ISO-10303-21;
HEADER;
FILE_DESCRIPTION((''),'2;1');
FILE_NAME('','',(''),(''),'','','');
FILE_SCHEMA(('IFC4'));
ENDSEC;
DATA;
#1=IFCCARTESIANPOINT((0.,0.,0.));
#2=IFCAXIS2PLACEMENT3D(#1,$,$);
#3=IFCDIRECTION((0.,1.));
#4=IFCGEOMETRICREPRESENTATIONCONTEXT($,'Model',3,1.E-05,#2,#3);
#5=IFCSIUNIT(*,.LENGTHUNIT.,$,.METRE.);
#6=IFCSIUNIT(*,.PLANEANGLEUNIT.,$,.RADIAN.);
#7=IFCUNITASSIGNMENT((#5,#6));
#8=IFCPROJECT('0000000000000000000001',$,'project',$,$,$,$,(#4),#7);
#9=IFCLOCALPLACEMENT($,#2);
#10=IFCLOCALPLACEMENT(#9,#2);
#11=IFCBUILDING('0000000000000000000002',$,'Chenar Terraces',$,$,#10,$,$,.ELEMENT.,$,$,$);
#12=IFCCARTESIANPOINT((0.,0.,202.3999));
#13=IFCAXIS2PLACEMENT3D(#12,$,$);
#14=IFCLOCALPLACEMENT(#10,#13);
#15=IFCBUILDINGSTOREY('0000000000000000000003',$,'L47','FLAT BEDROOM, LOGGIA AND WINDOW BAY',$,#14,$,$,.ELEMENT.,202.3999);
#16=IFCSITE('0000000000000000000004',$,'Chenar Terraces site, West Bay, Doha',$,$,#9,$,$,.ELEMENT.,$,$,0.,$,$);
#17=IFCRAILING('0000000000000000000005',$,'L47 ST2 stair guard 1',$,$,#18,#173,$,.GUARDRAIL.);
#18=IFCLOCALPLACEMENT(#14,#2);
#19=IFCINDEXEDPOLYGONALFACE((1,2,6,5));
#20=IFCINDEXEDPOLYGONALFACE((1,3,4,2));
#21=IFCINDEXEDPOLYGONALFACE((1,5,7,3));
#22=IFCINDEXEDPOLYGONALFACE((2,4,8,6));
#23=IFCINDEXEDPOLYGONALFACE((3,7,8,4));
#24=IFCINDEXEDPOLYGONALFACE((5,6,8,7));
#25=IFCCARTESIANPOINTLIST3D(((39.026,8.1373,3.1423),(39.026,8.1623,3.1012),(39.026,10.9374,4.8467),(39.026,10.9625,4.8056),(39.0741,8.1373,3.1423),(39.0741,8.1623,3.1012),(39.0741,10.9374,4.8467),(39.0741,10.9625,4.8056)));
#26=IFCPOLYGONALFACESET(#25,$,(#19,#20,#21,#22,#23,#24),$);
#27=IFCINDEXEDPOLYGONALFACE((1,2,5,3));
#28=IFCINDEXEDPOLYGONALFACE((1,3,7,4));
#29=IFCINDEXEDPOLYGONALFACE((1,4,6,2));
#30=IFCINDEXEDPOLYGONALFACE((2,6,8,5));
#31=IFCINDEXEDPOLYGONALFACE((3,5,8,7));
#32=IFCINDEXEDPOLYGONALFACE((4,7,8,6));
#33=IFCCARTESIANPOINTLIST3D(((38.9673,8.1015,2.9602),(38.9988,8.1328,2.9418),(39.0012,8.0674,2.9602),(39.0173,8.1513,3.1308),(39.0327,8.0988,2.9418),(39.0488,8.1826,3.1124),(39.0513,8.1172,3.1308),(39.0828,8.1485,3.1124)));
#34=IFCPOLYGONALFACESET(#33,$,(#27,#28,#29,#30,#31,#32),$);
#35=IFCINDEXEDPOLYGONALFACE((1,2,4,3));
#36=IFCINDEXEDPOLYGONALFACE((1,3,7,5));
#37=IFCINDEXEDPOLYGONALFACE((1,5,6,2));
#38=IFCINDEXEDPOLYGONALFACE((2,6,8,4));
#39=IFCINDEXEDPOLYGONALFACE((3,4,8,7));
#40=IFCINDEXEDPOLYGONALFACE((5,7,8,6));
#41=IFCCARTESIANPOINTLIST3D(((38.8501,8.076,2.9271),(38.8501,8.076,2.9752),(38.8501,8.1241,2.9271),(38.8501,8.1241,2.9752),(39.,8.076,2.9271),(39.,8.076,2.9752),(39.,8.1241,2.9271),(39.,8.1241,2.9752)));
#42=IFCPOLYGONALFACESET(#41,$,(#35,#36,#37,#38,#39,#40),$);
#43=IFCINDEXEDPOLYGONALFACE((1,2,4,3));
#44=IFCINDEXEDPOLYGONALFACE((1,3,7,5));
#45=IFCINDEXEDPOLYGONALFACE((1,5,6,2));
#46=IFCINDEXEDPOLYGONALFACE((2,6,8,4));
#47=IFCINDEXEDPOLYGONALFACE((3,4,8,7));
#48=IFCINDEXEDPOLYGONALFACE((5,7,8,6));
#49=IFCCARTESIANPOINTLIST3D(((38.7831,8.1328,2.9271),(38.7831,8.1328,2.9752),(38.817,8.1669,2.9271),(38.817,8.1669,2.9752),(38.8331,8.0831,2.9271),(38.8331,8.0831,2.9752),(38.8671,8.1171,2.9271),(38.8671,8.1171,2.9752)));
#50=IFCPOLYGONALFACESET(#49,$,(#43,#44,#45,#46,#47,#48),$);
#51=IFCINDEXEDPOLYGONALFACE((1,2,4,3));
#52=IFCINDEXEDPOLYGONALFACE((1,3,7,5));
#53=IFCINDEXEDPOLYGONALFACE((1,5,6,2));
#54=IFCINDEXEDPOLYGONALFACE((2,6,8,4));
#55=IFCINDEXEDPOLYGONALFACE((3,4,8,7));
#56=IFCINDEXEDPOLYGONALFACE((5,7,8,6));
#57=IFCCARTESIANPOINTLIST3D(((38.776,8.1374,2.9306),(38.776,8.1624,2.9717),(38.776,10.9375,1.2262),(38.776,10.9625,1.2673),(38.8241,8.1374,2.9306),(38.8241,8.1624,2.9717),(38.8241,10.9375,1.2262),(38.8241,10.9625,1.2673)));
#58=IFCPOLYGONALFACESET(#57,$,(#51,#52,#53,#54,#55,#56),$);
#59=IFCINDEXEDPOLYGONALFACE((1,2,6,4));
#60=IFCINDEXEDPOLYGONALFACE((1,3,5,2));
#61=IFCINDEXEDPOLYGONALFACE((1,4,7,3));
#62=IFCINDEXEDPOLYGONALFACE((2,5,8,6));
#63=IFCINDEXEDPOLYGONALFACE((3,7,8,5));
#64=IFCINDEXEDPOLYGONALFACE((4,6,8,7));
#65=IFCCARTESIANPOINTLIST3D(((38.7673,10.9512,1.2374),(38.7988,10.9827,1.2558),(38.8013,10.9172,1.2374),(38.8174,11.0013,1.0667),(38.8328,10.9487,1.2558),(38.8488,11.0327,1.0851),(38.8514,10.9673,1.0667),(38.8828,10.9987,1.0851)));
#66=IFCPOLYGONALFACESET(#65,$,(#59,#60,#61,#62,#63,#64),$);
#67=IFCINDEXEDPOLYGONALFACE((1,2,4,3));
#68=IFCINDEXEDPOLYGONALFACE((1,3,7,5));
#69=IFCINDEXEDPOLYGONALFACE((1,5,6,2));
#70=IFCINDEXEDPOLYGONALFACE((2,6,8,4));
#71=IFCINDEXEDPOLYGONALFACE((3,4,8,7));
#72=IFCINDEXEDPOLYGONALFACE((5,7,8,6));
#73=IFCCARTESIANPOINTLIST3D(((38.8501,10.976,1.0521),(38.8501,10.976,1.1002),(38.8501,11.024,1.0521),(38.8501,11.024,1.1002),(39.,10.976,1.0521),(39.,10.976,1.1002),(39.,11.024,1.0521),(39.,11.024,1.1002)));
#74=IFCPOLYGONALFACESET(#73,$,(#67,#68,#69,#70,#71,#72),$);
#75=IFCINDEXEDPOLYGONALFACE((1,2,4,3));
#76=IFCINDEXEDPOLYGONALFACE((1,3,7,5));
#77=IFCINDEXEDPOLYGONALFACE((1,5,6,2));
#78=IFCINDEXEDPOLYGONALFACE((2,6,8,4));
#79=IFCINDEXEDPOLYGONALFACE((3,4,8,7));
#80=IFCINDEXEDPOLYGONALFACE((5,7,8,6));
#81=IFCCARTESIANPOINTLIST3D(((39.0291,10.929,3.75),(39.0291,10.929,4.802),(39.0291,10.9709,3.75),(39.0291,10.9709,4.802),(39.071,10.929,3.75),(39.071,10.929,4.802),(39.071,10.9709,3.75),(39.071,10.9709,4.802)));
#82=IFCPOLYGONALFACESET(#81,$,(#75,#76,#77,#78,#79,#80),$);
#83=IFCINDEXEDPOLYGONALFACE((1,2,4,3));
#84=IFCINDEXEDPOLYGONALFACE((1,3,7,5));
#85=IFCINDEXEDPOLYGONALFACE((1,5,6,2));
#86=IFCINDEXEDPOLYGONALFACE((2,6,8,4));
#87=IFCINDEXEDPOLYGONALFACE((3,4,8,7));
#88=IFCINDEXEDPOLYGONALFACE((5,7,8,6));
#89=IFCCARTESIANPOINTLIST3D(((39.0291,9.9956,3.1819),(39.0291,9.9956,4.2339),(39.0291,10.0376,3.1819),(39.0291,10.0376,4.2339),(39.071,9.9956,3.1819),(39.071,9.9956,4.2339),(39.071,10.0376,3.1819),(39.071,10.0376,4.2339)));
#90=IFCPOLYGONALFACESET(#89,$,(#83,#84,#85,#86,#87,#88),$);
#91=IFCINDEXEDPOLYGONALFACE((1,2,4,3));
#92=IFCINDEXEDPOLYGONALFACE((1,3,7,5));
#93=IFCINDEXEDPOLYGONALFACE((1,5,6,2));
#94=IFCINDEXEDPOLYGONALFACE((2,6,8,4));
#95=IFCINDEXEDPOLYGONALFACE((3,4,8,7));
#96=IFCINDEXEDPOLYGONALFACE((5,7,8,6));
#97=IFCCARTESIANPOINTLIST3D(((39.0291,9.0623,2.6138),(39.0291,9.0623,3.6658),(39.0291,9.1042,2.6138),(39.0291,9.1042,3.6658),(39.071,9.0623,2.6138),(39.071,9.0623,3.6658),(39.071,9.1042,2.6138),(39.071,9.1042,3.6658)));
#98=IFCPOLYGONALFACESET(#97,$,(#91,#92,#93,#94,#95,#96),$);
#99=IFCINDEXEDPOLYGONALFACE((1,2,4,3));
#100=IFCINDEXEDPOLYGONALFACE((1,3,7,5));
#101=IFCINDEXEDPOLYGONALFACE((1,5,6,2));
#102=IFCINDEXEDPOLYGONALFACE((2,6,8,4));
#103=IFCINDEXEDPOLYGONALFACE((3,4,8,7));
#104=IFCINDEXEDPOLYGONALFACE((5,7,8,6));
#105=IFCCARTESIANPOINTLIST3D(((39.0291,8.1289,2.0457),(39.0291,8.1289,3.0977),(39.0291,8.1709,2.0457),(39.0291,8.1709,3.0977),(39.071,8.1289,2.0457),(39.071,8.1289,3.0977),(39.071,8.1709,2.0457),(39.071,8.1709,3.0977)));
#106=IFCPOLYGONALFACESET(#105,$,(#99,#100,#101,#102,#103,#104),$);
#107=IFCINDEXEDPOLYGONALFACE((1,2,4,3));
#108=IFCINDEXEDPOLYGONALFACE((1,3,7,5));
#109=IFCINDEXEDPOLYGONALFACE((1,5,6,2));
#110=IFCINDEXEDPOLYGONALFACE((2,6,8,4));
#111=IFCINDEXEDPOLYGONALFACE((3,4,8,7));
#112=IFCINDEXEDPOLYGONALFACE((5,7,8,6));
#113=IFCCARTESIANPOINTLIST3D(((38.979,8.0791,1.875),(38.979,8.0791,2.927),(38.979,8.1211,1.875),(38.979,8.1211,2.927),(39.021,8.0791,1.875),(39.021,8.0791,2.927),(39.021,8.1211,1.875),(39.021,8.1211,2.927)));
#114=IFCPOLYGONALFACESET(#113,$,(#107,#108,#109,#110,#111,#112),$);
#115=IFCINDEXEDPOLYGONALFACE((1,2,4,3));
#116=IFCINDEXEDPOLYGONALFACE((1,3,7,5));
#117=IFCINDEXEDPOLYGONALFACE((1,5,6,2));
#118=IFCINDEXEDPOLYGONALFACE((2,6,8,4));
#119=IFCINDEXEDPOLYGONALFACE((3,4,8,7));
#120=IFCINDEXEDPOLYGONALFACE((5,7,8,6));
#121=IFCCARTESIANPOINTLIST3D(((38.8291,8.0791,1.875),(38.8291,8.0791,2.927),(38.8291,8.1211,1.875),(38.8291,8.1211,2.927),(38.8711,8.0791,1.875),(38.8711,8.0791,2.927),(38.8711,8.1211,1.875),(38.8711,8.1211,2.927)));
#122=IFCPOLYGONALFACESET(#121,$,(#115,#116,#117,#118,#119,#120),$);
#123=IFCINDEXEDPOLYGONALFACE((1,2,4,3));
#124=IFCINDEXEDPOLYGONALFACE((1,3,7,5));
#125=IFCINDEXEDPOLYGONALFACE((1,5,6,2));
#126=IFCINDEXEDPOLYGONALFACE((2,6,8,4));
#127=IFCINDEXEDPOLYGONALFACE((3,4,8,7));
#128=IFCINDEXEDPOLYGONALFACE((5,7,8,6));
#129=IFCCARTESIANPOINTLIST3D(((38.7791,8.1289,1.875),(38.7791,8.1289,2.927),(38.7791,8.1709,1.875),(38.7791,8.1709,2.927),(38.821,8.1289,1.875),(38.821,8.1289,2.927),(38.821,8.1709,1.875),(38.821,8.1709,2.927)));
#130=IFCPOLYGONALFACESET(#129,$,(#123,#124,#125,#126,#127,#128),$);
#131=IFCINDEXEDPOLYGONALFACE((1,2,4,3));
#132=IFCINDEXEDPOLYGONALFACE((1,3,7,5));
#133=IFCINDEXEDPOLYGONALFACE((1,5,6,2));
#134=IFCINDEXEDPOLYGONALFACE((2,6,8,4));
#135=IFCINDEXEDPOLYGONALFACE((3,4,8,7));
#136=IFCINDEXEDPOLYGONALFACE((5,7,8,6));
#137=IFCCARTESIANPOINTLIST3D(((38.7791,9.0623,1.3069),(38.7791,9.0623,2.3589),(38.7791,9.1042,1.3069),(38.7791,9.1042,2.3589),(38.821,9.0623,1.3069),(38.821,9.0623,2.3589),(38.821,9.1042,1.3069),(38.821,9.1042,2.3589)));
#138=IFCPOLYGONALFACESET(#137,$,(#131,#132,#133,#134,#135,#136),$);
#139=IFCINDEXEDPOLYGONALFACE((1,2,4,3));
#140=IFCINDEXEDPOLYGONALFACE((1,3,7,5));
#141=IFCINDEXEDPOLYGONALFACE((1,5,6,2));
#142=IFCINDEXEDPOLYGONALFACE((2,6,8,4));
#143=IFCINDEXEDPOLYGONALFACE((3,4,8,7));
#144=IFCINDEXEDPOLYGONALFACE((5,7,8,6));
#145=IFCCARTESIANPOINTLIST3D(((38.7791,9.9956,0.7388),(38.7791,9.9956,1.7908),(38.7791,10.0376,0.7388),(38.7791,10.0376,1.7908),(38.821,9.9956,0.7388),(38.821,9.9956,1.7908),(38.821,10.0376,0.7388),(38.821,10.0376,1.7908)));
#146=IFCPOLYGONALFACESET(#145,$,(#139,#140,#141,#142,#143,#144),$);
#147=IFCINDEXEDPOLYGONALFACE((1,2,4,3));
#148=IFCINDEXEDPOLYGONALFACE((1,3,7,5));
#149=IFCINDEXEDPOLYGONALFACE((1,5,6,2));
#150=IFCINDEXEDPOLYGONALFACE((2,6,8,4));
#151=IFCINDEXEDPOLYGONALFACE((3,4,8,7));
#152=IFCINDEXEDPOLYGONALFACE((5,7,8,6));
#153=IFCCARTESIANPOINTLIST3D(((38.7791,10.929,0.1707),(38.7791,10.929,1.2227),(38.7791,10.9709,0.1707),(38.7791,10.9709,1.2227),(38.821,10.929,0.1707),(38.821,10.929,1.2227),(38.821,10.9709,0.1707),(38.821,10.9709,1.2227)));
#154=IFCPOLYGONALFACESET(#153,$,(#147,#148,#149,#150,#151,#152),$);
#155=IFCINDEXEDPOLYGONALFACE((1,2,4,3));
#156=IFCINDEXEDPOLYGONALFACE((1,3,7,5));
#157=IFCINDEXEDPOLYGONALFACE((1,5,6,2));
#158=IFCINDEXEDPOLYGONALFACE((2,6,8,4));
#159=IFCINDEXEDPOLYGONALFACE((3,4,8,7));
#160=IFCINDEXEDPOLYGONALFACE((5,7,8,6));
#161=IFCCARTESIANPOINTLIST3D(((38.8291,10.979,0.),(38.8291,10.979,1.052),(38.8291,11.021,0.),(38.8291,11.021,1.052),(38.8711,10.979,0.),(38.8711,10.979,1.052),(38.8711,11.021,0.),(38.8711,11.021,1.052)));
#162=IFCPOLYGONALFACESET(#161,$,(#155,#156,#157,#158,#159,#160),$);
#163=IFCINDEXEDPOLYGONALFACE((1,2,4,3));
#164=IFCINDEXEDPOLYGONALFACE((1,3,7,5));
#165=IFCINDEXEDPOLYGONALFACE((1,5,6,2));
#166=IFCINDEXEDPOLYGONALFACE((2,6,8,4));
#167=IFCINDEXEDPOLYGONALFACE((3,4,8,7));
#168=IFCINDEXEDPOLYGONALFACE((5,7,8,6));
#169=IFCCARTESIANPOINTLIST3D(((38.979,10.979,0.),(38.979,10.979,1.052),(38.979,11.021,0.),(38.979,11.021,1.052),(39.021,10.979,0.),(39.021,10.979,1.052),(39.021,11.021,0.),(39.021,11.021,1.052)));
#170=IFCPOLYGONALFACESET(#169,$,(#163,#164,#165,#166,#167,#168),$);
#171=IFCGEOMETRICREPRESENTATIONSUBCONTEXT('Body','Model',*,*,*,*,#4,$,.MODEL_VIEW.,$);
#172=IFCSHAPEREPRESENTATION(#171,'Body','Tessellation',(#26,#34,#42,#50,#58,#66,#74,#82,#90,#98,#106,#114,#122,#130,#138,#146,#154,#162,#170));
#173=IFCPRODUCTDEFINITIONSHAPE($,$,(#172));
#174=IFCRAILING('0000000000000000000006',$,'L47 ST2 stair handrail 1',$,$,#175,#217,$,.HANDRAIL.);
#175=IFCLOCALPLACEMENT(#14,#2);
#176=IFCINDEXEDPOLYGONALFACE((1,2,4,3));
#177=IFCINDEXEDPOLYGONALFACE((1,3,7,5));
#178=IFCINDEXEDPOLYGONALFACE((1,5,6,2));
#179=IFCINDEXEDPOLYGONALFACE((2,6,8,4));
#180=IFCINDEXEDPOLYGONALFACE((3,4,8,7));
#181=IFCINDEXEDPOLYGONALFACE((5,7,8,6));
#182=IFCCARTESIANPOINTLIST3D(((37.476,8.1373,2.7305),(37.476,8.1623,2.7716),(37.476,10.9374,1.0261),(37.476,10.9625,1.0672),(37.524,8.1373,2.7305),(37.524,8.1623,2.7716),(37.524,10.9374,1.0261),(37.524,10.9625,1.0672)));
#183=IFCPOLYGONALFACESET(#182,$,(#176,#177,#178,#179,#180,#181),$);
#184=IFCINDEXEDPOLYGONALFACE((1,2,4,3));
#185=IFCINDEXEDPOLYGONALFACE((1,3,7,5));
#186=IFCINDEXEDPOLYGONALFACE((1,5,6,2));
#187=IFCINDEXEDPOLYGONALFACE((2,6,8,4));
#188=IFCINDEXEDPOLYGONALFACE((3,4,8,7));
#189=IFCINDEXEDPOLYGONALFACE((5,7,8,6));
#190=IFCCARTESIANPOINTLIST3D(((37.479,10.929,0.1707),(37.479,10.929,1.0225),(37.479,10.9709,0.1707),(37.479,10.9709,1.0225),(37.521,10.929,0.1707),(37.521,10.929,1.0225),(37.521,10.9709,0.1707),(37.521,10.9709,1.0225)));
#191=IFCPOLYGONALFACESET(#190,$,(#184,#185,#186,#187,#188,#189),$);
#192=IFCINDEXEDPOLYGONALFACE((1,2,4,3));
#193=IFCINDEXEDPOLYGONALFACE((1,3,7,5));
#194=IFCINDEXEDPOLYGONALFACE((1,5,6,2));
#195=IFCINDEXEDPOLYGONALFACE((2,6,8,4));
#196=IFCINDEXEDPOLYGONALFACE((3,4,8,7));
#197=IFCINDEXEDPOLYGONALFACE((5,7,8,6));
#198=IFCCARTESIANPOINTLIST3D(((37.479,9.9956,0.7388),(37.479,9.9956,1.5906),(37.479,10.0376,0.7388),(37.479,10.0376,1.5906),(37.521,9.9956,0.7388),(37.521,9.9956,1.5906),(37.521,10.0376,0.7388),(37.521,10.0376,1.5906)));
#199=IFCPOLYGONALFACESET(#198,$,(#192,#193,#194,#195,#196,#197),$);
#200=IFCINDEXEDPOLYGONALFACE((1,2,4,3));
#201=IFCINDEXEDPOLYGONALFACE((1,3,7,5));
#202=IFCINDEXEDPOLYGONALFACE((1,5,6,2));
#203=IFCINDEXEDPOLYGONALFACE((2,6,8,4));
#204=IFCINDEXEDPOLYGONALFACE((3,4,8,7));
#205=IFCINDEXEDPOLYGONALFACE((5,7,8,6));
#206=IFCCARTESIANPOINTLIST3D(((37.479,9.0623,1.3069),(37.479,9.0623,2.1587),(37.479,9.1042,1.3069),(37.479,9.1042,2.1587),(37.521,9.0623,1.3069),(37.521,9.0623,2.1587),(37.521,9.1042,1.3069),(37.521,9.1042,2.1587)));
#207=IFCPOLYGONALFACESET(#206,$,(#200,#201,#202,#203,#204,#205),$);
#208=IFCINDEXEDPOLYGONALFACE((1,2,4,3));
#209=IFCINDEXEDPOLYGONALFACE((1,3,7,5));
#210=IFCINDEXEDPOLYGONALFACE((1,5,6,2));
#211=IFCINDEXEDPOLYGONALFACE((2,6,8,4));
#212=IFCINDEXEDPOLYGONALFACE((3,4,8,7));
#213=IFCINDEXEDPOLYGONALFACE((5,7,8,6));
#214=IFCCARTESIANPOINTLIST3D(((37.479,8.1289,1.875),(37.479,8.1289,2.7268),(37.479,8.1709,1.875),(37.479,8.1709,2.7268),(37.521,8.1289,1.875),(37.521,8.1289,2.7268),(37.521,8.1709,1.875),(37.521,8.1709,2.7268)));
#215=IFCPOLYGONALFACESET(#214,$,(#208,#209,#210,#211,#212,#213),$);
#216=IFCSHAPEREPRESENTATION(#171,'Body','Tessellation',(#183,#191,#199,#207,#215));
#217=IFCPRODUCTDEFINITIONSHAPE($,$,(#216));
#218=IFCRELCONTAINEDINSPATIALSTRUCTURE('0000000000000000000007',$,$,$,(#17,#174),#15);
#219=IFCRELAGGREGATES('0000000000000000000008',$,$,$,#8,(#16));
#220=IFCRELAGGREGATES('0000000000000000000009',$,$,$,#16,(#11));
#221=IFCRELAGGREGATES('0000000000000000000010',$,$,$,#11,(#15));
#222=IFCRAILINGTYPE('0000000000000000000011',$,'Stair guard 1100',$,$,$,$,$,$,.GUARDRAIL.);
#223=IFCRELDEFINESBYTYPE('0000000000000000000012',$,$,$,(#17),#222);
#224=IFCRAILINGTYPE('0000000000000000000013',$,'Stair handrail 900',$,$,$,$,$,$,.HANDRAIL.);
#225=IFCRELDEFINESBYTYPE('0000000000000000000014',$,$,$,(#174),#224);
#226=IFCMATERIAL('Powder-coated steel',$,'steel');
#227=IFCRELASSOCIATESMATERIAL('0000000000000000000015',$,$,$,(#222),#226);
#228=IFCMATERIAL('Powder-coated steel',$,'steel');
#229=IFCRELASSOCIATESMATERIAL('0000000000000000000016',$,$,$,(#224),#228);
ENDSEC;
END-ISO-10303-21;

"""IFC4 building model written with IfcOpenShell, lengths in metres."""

from ifc_helpers import new_model, si_unit, direction, frame, origin, origin_2d, place, context, subcontext, project, spatial, rectangle, extrude, material, type_object, element, save


model = new_model("IFC4")

# Units and contexts
model_context = context("Model", 3, precision=1e-05, world=origin(), true_north=direction((0.0, 1.0)))
body_context = subcontext(model_context, "Body", "Model", "MODEL_VIEW")
ifc_project = project(units=[si_unit("LENGTHUNIT", "METRE"), si_unit("PLANEANGLEUNIT", "RADIAN")], contexts=[model_context])

# Site, building, storey
site_placement = place(None, origin())
site = spatial("IfcSite", under=ifc_project, at=site_placement, Name="Chenar Terraces site, West Bay, Doha", CompositionType="ELEMENT", RefElevation=0.0)
building_placement = place(site_placement, origin())
building = spatial("IfcBuilding", under=site, at=building_placement, Name="Chenar Terraces", CompositionType="ELEMENT")
storey_placement = place(building_placement, frame((0.0, 0.0, 202.3999)))
storey = spatial("IfcBuildingStorey", under=building, at=storey_placement, Name="L47", Description="FLAT BEDROOM, LOGGIA AND WINDOW BAY", CompositionType="ELEMENT", Elevation=202.3999)

# Railings
ifc_material_1 = material(Name="Powder-coated steel", Category="steel")
railing_type_1 = type_object("IfcRailingType", Name="Stair guard 1100", PredefinedType="GUARDRAIL", material=ifc_material_1)
railing_1_placement = place(storey_placement, frame((39.05, 10.95, 3.75)))
element("IfcRailing", 1, at=railing_1_placement, inside=storey, type_object=railing_type_1, Name="L47 ST2 stair guard 1", PredefinedType="GUARDRAIL", context=body_context, shape_type="SweptSolid", body=[
    extrude(rectangle(XDim=0.0481, YDim=0.0481, at=origin_2d()), frame((0.0, 0.0, 1.0762), z_axis=(0.0, -0.854203, -0.51994), x_axis=(1.0, 0.0, 0.0)), (0.0, 0.0, 1.0), 3.2781),
    extrude(rectangle(XDim=0.0481, YDim=0.0481, at=origin_2d()), frame((0.0, -2.8, -0.6284), z_axis=(-0.270997, -0.269675, -0.924033), x_axis=(0.705376, -0.708834, 0.0)), (0.0, 0.0, 1.0), 0.1846),
    extrude(rectangle(XDim=0.0481, YDim=0.0481, at=origin_2d()), frame((-0.05, -2.8499, -0.7988), z_axis=(-1.0, 0.0, 0.0), x_axis=(0.0, -1.0, 0.0)), (0.0, 0.0, 1.0), 0.1499),
    extrude(rectangle(XDim=0.0481, YDim=0.0481, at=origin_2d()), frame((-0.2, -2.8499, -0.7988), z_axis=(-0.708834, 0.705376, 0.0), x_axis=(-0.705376, -0.708834, 0.0)), (0.0, 0.0, 1.0), 0.0706),
    extrude(rectangle(XDim=0.0481, YDim=0.0481, at=origin_2d()), frame((-0.25, -2.8, -0.7988), z_axis=(0.0, 0.854203, -0.51994), x_axis=(-1.0, 0.0, 0.0)), (0.0, 0.0, 1.0), 3.2781),
    extrude(rectangle(XDim=0.0481, YDim=0.0481, at=origin_2d()), frame((-0.25, 0.0, -2.5034), z_axis=(0.2709, 0.2709, -0.923703), x_axis=(-0.707107, 0.707107, 0.0)), (0.0, 0.0, 1.0), 0.1848),
    extrude(rectangle(XDim=0.0481, YDim=0.0481, at=origin_2d()), frame((-0.2, 0.05, -2.6738), z_axis=(1.0, 0.0, 0.0), x_axis=(0.0, 1.0, 0.0)), (0.0, 0.0, 1.0), 0.1499),
    extrude(rectangle(XDim=0.042, YDim=0.042, at=origin_2d()), origin(), (0.0, 0.0, 1.0), 1.052),
    extrude(rectangle(XDim=0.042, YDim=0.042, at=origin_2d()), frame((0.0, -0.9333, -0.5681)), (0.0, 0.0, 1.0), 1.052),
    extrude(rectangle(XDim=0.042, YDim=0.042, at=origin_2d()), frame((0.0, -1.8667, -1.1362)), (0.0, 0.0, 1.0), 1.052),
    extrude(rectangle(XDim=0.042, YDim=0.042, at=origin_2d()), frame((0.0, -2.8, -1.7043)), (0.0, 0.0, 1.0), 1.052),
    extrude(rectangle(XDim=0.042, YDim=0.042, at=origin_2d()), frame((-0.05, -2.8499, -1.875)), (0.0, 0.0, 1.0), 1.052),
    extrude(rectangle(XDim=0.042, YDim=0.042, at=origin_2d()), frame((-0.2, -2.8499, -1.875)), (0.0, 0.0, 1.0), 1.052),
    extrude(rectangle(XDim=0.042, YDim=0.042, at=origin_2d()), frame((-0.25, -2.8, -1.875)), (0.0, 0.0, 1.0), 1.052),
    extrude(rectangle(XDim=0.042, YDim=0.042, at=origin_2d()), frame((-0.25, -1.8667, -2.4431)), (0.0, 0.0, 1.0), 1.052),
    extrude(rectangle(XDim=0.042, YDim=0.042, at=origin_2d()), frame((-0.25, -0.9333, -3.0112)), (0.0, 0.0, 1.0), 1.052),
    extrude(rectangle(XDim=0.042, YDim=0.042, at=origin_2d()), frame((-0.25, 0.0, -3.5793)), (0.0, 0.0, 1.0), 1.052),
    extrude(rectangle(XDim=0.042, YDim=0.042, at=origin_2d()), frame((-0.2, 0.05, -3.75)), (0.0, 0.0, 1.0), 1.052),
    extrude(rectangle(XDim=0.042, YDim=0.042, at=origin_2d()), frame((-0.05, 0.05, -3.75)), (0.0, 0.0, 1.0), 1.052),
])
ifc_material_2 = material(Name="Powder-coated steel", Category="steel")
railing_type_2 = type_object("IfcRailingType", Name="Stair handrail 900", PredefinedType="HANDRAIL", material=ifc_material_2)
railing_2_placement = place(storey_placement, frame((37.5, 10.95, 0.1707)))
element("IfcRailing", 2, at=railing_2_placement, inside=storey, type_object=railing_type_2, Name="L47 ST2 stair handrail 1", PredefinedType="HANDRAIL", context=body_context, shape_type="SweptSolid", body=[
    extrude(rectangle(XDim=0.0481, YDim=0.0481, at=origin_2d()), frame((0.0, 0.0, 0.876), z_axis=(0.0, -0.854203, 0.51994), x_axis=(1.0, 0.0, 0.0)), (0.0, 0.0, 1.0), 3.2781),
    extrude(rectangle(XDim=0.042, YDim=0.042, at=origin_2d()), origin(), (0.0, 0.0, 1.0), 0.8518),
    extrude(rectangle(XDim=0.042, YDim=0.042, at=origin_2d()), frame((0.0, -0.9333, 0.5681)), (0.0, 0.0, 1.0), 0.8518),
    extrude(rectangle(XDim=0.042, YDim=0.042, at=origin_2d()), frame((0.0, -1.8667, 1.1362)), (0.0, 0.0, 1.0), 0.8518),
    extrude(rectangle(XDim=0.042, YDim=0.042, at=origin_2d()), frame((0.0, -2.8, 1.7043)), (0.0, 0.0, 1.0), 0.8518),
])

save(model, "model.ifc")
